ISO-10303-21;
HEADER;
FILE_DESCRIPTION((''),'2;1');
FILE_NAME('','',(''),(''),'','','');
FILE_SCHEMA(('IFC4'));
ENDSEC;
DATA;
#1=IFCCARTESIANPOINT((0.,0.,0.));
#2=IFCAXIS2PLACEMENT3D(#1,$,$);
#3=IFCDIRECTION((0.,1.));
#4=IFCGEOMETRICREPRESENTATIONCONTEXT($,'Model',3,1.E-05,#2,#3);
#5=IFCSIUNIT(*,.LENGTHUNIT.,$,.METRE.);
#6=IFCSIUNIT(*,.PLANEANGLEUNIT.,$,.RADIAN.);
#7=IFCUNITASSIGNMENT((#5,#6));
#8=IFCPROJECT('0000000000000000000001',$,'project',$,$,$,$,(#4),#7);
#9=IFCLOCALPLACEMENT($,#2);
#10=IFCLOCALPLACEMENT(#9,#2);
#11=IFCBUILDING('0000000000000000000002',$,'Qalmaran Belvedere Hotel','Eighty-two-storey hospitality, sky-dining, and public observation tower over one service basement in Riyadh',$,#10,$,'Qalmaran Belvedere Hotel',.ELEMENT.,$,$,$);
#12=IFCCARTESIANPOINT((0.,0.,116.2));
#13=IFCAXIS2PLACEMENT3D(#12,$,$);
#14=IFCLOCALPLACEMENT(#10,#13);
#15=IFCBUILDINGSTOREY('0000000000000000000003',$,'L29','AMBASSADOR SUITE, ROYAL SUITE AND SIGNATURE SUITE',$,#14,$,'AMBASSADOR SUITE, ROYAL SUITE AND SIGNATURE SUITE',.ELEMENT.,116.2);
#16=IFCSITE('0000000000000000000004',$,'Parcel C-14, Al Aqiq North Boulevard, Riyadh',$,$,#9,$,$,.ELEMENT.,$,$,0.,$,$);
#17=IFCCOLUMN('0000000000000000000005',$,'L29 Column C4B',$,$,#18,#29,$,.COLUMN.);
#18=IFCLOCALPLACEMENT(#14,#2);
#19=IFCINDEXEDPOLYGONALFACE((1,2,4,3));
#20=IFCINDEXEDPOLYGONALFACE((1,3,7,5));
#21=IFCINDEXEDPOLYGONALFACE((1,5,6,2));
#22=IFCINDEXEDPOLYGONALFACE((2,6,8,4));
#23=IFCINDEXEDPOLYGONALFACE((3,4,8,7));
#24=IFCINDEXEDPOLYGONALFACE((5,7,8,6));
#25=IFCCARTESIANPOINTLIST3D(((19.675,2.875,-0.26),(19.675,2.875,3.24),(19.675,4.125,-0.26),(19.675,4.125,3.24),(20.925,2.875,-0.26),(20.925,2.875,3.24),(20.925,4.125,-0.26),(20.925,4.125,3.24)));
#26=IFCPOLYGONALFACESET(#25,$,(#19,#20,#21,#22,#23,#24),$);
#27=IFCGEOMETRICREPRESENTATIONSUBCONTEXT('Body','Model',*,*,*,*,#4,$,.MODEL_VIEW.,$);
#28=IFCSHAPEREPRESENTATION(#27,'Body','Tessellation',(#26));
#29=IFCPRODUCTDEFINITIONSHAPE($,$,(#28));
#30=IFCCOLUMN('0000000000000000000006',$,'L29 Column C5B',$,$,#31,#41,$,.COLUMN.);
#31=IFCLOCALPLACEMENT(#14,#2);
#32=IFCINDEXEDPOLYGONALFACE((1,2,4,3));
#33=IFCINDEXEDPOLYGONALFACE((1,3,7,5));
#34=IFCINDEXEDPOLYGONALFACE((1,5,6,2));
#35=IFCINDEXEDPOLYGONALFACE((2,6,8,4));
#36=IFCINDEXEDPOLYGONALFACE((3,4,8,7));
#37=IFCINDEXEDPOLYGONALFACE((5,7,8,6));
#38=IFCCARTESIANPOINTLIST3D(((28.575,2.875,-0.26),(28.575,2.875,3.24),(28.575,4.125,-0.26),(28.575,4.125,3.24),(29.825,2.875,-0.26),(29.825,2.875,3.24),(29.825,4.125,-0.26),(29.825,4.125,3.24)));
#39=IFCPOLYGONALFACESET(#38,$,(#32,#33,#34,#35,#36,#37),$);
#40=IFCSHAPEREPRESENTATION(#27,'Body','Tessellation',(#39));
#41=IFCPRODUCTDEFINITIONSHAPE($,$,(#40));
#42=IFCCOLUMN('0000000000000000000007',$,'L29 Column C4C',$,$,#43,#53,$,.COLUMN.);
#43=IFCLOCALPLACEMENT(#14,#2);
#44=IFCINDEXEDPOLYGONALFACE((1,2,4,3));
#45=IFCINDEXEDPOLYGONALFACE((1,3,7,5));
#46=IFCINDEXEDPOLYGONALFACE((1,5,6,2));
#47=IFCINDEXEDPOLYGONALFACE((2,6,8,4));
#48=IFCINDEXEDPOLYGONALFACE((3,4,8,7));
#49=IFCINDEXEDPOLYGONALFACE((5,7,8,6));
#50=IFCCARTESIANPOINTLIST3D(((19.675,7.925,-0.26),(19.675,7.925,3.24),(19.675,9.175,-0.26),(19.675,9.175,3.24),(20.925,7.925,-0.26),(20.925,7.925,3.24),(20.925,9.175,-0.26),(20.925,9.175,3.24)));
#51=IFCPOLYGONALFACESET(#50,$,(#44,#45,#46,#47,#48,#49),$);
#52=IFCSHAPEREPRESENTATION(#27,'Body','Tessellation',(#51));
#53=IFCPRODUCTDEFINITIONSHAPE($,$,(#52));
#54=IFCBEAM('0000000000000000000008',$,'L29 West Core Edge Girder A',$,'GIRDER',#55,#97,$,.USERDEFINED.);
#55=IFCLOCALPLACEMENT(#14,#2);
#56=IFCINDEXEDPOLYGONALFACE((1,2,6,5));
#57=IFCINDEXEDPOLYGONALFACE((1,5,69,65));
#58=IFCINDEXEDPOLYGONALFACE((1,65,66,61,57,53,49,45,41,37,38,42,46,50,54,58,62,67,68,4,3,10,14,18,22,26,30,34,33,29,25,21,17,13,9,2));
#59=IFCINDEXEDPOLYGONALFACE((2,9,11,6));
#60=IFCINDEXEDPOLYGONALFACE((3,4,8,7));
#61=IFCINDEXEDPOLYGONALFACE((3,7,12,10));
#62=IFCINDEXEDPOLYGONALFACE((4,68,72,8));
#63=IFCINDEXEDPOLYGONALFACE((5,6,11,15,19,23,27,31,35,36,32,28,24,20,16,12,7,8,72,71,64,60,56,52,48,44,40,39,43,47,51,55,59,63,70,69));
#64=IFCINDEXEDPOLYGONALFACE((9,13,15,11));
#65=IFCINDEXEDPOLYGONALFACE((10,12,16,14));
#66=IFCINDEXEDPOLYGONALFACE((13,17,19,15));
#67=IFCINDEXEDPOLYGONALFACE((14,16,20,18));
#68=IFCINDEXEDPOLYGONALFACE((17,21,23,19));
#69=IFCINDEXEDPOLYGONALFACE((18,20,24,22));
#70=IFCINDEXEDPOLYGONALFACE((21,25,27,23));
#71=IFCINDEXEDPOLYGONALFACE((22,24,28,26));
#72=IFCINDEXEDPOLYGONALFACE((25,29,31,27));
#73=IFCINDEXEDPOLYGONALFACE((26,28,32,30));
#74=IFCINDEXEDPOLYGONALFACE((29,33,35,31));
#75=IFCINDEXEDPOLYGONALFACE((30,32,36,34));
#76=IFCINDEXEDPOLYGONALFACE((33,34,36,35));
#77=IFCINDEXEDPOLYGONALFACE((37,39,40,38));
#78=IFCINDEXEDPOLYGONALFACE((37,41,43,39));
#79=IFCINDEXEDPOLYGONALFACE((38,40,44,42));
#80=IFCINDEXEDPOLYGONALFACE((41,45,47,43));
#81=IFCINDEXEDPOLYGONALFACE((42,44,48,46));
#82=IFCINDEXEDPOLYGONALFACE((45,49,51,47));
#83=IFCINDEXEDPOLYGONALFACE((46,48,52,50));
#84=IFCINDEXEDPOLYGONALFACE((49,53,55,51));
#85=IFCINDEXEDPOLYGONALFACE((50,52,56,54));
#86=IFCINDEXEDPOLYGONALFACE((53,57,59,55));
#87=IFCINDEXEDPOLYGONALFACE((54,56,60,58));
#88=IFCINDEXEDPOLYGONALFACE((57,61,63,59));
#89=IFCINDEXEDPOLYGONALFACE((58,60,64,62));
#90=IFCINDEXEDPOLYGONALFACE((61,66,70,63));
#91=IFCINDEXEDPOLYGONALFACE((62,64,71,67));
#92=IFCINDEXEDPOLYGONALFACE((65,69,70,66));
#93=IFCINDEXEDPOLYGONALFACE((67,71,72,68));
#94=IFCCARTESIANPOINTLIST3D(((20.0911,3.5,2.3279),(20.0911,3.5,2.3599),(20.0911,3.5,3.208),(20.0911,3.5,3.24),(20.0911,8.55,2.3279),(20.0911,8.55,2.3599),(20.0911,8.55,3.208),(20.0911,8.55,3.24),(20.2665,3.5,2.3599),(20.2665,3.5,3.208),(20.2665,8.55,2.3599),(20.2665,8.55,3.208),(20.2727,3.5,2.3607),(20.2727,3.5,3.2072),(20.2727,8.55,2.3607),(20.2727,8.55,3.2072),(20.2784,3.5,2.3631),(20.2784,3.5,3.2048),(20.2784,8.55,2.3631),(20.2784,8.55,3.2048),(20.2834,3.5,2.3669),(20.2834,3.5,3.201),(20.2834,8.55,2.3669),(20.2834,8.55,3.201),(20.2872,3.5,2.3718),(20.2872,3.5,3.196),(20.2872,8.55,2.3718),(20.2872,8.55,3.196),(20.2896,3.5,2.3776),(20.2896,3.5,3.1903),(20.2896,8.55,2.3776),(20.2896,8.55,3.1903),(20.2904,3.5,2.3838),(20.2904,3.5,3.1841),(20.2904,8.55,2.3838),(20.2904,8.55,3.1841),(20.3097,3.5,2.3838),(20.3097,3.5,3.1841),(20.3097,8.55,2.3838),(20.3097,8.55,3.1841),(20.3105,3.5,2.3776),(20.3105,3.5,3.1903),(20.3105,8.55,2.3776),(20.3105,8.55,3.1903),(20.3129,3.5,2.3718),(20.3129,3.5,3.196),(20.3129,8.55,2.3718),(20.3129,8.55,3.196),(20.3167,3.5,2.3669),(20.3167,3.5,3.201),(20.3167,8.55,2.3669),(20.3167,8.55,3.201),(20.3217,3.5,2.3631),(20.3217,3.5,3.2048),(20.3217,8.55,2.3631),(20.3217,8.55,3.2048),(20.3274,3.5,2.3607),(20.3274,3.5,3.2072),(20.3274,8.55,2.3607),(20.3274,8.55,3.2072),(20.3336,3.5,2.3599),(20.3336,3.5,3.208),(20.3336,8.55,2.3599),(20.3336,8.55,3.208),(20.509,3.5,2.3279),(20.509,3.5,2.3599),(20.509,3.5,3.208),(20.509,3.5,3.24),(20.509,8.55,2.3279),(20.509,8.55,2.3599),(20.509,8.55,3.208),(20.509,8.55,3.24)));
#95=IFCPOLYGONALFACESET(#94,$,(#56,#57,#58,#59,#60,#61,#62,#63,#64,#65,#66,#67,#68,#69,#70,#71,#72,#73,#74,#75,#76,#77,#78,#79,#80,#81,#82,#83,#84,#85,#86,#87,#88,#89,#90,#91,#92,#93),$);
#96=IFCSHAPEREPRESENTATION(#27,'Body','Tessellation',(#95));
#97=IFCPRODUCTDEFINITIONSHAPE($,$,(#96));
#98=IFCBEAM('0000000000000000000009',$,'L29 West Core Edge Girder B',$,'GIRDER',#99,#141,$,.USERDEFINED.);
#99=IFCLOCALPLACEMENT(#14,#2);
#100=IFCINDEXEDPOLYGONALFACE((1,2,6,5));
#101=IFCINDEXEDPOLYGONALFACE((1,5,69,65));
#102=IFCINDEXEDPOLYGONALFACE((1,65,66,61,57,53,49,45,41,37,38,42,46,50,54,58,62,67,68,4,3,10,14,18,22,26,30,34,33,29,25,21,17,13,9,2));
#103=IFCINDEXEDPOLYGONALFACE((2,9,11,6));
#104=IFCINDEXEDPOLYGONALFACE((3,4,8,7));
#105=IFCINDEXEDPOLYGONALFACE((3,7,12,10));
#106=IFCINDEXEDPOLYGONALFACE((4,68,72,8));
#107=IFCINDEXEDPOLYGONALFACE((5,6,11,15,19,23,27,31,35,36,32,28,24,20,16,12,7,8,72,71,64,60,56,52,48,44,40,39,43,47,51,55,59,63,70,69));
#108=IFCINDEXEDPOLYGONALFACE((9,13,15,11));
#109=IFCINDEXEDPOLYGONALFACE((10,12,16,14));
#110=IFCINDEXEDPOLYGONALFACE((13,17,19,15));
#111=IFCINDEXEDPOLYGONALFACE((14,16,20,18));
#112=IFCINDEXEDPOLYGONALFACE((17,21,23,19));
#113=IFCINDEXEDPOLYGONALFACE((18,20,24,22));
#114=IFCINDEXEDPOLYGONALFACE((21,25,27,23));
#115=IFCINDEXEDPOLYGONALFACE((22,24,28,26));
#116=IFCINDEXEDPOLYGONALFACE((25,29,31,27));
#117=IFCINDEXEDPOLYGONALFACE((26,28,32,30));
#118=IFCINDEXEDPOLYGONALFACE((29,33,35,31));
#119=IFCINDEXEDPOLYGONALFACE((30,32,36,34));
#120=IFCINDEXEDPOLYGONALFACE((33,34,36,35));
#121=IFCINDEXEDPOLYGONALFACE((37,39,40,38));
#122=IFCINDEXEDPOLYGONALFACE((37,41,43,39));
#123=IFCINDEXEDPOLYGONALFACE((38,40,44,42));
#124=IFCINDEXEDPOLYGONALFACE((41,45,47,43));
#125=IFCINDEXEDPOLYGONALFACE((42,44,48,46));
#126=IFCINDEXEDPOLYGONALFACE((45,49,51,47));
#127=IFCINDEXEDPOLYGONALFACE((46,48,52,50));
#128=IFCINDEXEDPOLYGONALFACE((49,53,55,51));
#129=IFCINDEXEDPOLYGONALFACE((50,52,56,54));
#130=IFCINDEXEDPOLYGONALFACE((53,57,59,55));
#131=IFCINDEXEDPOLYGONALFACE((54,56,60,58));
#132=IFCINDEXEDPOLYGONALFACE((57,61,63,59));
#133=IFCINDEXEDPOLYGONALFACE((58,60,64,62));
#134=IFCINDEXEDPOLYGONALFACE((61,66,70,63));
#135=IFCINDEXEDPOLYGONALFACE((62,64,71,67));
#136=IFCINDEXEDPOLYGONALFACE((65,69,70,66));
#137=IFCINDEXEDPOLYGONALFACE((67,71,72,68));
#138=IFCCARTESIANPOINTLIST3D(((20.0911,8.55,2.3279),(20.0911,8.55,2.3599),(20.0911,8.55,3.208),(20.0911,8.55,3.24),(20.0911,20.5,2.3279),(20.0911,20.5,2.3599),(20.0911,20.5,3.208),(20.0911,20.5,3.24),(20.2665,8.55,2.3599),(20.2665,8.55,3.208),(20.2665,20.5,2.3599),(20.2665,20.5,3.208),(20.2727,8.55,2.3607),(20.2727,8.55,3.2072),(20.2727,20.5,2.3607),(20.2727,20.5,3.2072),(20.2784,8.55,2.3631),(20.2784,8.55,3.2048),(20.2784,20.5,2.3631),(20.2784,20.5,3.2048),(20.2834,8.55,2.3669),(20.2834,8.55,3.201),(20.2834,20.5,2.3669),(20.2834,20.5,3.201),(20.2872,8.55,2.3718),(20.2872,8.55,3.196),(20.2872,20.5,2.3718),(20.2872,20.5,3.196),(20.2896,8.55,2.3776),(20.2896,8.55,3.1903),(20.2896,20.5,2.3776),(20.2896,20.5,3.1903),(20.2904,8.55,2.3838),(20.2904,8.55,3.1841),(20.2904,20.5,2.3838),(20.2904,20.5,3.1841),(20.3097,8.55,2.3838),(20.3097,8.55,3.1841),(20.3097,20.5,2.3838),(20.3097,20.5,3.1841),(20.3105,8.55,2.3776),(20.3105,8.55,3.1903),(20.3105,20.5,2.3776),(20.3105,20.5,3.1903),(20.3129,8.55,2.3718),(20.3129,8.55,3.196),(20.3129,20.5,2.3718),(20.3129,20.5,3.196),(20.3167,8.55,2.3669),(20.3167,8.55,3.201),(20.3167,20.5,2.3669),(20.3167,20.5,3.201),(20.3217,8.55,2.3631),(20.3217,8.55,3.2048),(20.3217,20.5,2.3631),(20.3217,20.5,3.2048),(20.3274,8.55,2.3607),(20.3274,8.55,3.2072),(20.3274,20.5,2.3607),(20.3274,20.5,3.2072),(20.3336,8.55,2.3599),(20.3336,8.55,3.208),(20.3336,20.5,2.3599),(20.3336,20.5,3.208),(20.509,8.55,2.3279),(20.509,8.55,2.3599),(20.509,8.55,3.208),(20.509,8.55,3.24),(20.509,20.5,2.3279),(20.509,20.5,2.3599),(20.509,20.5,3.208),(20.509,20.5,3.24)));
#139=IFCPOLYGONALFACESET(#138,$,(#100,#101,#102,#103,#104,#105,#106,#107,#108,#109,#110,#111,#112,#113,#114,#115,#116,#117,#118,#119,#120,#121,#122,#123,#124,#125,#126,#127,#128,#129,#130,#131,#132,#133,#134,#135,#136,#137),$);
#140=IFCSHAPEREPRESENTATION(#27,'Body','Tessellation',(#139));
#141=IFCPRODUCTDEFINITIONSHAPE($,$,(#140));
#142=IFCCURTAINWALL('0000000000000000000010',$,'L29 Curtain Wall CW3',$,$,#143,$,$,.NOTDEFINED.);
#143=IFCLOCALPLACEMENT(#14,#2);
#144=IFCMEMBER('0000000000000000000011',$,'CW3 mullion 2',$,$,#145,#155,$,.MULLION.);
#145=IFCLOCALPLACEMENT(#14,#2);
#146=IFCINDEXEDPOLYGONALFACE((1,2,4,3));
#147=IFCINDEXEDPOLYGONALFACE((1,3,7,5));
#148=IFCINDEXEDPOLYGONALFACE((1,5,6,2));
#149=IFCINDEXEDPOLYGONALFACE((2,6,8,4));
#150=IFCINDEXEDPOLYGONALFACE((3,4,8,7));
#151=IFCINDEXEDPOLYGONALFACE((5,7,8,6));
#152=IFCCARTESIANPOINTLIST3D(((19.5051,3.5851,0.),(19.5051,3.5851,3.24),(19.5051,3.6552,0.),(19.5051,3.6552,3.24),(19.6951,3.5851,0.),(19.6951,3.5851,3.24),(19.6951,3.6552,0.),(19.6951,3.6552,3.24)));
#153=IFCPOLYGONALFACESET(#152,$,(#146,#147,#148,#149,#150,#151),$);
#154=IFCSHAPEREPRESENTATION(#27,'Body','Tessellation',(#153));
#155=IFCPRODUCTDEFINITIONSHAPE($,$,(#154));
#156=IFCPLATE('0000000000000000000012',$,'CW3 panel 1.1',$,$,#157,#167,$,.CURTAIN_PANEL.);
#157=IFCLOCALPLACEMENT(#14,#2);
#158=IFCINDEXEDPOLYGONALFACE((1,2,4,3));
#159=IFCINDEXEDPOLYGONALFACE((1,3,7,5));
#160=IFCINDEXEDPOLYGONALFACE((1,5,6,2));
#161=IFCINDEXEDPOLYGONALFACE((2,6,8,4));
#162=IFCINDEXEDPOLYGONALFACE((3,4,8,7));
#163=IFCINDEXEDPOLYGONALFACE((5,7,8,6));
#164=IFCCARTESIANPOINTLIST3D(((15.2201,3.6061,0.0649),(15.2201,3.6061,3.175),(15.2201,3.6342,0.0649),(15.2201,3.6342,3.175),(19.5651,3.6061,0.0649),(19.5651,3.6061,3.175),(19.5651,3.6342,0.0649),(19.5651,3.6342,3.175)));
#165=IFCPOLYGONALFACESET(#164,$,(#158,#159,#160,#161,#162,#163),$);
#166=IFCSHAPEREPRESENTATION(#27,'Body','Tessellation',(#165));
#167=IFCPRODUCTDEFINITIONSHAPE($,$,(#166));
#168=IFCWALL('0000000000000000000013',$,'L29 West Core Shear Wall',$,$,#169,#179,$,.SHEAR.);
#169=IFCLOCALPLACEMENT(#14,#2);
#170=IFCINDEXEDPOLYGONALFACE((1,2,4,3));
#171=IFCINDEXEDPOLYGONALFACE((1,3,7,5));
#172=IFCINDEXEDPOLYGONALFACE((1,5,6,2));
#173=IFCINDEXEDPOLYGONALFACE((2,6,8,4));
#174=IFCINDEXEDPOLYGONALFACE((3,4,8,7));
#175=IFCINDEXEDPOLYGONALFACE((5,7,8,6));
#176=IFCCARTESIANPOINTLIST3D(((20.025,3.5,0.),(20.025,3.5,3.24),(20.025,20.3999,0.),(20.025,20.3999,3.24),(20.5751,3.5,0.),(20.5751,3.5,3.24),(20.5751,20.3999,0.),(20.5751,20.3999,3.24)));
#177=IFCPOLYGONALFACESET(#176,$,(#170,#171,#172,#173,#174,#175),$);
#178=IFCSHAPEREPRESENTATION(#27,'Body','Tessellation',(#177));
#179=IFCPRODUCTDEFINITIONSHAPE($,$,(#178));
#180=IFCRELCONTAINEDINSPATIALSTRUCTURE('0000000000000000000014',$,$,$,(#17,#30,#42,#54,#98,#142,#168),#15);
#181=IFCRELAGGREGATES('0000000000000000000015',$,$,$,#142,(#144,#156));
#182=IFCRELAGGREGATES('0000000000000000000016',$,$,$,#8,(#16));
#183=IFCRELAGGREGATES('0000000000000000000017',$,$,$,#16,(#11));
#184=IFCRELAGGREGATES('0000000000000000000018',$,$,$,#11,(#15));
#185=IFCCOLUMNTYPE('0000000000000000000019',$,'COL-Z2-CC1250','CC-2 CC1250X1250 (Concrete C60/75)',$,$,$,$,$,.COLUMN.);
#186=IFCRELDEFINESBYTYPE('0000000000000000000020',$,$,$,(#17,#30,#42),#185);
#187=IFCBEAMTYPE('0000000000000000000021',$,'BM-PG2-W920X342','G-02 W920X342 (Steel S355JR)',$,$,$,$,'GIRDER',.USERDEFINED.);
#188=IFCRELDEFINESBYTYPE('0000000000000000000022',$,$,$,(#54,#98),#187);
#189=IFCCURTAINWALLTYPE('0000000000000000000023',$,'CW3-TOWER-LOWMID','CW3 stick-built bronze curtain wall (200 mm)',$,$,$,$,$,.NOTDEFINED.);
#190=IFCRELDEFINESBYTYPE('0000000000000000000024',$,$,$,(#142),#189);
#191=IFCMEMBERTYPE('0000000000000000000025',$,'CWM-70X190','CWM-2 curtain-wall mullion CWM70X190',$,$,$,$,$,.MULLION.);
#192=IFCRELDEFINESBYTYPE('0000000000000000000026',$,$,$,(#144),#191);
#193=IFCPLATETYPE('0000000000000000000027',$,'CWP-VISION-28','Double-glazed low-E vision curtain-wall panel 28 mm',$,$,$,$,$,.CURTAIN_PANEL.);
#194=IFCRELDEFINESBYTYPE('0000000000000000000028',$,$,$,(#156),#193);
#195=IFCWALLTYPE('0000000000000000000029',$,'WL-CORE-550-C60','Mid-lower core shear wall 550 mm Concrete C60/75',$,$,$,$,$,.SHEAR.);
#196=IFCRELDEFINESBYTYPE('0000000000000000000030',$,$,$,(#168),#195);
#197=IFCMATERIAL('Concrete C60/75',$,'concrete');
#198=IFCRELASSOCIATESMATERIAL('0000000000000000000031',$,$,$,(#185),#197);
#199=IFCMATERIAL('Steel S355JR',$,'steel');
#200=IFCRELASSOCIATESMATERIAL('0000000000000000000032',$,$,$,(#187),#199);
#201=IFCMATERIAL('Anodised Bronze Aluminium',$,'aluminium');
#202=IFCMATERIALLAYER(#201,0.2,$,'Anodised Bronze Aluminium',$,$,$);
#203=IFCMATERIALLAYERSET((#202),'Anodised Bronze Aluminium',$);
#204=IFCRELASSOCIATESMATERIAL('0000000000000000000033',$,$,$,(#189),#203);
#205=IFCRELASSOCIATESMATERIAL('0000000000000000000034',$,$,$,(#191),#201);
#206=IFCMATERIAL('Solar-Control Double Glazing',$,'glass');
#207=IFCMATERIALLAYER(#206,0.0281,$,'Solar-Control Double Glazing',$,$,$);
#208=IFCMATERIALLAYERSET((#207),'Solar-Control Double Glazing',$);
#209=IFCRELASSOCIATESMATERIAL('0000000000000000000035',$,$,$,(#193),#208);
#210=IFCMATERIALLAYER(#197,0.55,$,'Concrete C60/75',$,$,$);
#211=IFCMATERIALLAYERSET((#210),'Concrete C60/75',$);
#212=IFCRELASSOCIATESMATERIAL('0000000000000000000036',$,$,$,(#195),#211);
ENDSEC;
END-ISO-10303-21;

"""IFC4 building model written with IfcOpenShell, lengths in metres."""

from ifc_helpers import new_model, si_unit, direction, frame, frame_2d, origin, origin_2d, place, context, subcontext, project, spatial, rectangle, i_section, extrude, material, layer, layer_set, material_profile, profile_set, type_object, element, aggregate, save


model = new_model("IFC4")

# Units and contexts
model_context = context("Model", 3, precision=1e-05, world=origin(), true_north=direction((0.0, 1.0)))
body_context = subcontext(model_context, "Body", "Model", "MODEL_VIEW")
ifc_project = project(units=[si_unit("LENGTHUNIT", "METRE"), si_unit("PLANEANGLEUNIT", "RADIAN")], contexts=[model_context])

# Site, building, storey
site_placement = place(None, origin())
site = spatial("IfcSite", under=ifc_project, at=site_placement, Name="Parcel C-14, Al Aqiq North Boulevard, Riyadh", CompositionType="ELEMENT", RefElevation=0.0)
building_placement = place(site_placement, origin())
building = spatial("IfcBuilding", under=site, at=building_placement, Name="Qalmaran Belvedere Hotel", Description="Eighty-two-storey hospitality, sky-dining, and public observation tower over one service basement in Riyadh", LongName="Qalmaran Belvedere Hotel", CompositionType="ELEMENT")
storey_placement = place(building_placement, frame((0.0, 0.0, 116.2)))
storey = spatial("IfcBuildingStorey", under=building, at=storey_placement, Name="L29", Description="AMBASSADOR SUITE, ROYAL SUITE AND SIGNATURE SUITE", LongName="AMBASSADOR SUITE, ROYAL SUITE AND SIGNATURE SUITE", CompositionType="ELEMENT", Elevation=116.2)

# Columns
ifc_material_1 = material(Name="Concrete C60/75", Category="concrete")
ifc_material_profile_1 = material_profile(ifc_material_1, rectangle(XDim=1.25, YDim=1.25, at=origin_2d()), Name="CC1250X1250")
ifc_profile_set_1 = profile_set([ifc_material_profile_1], Name="Concrete C60/75")
column_type = type_object("IfcColumnType", Name="COL-Z2-CC1250", Description="CC-2 CC1250X1250 (Concrete C60/75)", PredefinedType="COLUMN", material=ifc_profile_set_1)
for number, where, z_axis, x_axis, name in (
    (1, (20.3, 3.5, -0.26), (0.0, 0.0, 1.0), (1.0, 0.0, 0.0), "L29 Column C4B"),
    (2, (29.2, 3.5, -0.26), (0.0, 0.0, 1.0), (1.0, 0.0, 0.0), "L29 Column C5B"),
    (3, (20.3, 8.55, -0.26), (0.0, 0.0, 1.0), (1.0, 0.0, 0.0), "L29 Column C4C"),
):
    element("IfcColumn", number, at=place(storey_placement, frame(where, z_axis=z_axis, x_axis=x_axis)), inside=storey, type_object=column_type, Name=name, PredefinedType="COLUMN", context=body_context, shape_type="SweptSolid", body=[
        extrude(rectangle(XDim=1.25, YDim=1.25, at=origin_2d()), origin(), (0.0, 0.0, 1.0), 3.5),
    ])

# Beams
ifc_material_2 = material(Name="Steel S355JR", Category="steel")
ifc_material_profile_2 = material_profile(ifc_material_2, i_section(OverallWidth=0.418, OverallDepth=0.9121, WebThickness=0.0193, FlangeThickness=0.032, FilletRadius=0.0239, at=origin_2d()), Name="W920X342")
ifc_profile_set_2 = profile_set([ifc_material_profile_2], Name="Steel S355JR")
beam_type = type_object("IfcBeamType", Name="BM-PG2-W920X342", Description="G-02 W920X342 (Steel S355JR)", ElementType="GIRDER", PredefinedType="USERDEFINED", material=ifc_profile_set_2)
beam_1_placement = place(storey_placement, frame((20.3, 3.5, 2.7839), z_axis=(0.0, 1.0, 0.0), x_axis=(-1.0, 0.0, 0.0)))
element("IfcBeam", 4, at=beam_1_placement, inside=storey, type_object=beam_type, Name="L29 West Core Edge Girder A", ObjectType="GIRDER", PredefinedType="USERDEFINED", context=body_context, shape_type="SweptSolid", body=[
    extrude(i_section(OverallWidth=0.418, OverallDepth=0.9121, WebThickness=0.0193, FlangeThickness=0.032, FilletRadius=0.0239, at=origin_2d()), origin(), (0.0, 0.0, 1.0), 5.05),
])
beam_2_placement = place(storey_placement, frame((20.3, 8.55, 2.7839), z_axis=(0.0, 1.0, 0.0), x_axis=(-1.0, 0.0, 0.0)))
element("IfcBeam", 5, at=beam_2_placement, inside=storey, type_object=beam_type, Name="L29 West Core Edge Girder B", ObjectType="GIRDER", PredefinedType="USERDEFINED", context=body_context, shape_type="SweptSolid", body=[
    extrude(i_section(OverallWidth=0.418, OverallDepth=0.9121, WebThickness=0.0193, FlangeThickness=0.032, FilletRadius=0.0239, at=origin_2d()), origin(), (0.0, 0.0, 1.0), 11.95),
])

# Curtain wall, member, plate
ifc_material_3 = material(Name="Anodised Bronze Aluminium", Category="aluminium")
ifc_layer_1 = layer(ifc_material_3, 0.2, Name="Anodised Bronze Aluminium")
ifc_layer_set_1 = layer_set([ifc_layer_1], Name="Anodised Bronze Aluminium")
curtain_wall_type = type_object("IfcCurtainWallType", Name="CW3-TOWER-LOWMID", Description="CW3 stick-built bronze curtain wall (200 mm)", PredefinedType="NOTDEFINED", material=ifc_layer_set_1)
curtain_wall_placement = place(storey_placement, origin())
curtain_wall = element("IfcCurtainWall", 6, at=curtain_wall_placement, inside=storey, type_object=curtain_wall_type, Name="L29 Curtain Wall CW3", PredefinedType="NOTDEFINED")
ifc_material_profile_3 = material_profile(ifc_material_3, rectangle(XDim=0.0701, YDim=0.1899, at=origin_2d()), Name="CWM70X190")
ifc_profile_set_3 = profile_set([ifc_material_profile_3], Name="Anodised Bronze Aluminium")
member_type = type_object("IfcMemberType", Name="CWM-70X190", Description="CWM-2 curtain-wall mullion CWM70X190", PredefinedType="MULLION", material=ifc_profile_set_3)
member_placement = place(storey_placement, frame((19.6001, 3.6201, 0.0), z_axis=(0.0, 0.0, 1.0), x_axis=(0.0, 1.0, 0.0)))
member = element("IfcMember", 7, at=member_placement, type_object=member_type, Name="CW3 mullion 2", PredefinedType="MULLION", context=body_context, shape_type="SweptSolid", body=[
    extrude(rectangle(XDim=0.0701, YDim=0.1899, at=origin_2d()), origin(), (0.0, 0.0, 1.0), 3.24),
])
ifc_material_4 = material(Name="Solar-Control Double Glazing", Category="glass")
ifc_layer_2 = layer(ifc_material_4, 0.0281, Name="Solar-Control Double Glazing")
ifc_layer_set_2 = layer_set([ifc_layer_2], Name="Solar-Control Double Glazing")
plate_type = type_object("IfcPlateType", Name="CWP-VISION-28", Description="Double-glazed low-E vision curtain-wall panel 28 mm", PredefinedType="CURTAIN_PANEL", material=ifc_layer_set_2)
plate_placement = place(storey_placement, frame((17.3926, 3.6201, 0.0649), z_axis=(0.0, 0.0, 1.0), x_axis=(1.0, 0.0, 0.0)))
plate = element("IfcPlate", 8, at=plate_placement, type_object=plate_type, Name="CW3 panel 1.1", PredefinedType="CURTAIN_PANEL", context=body_context, shape_type="SweptSolid", body=[
    extrude(rectangle(XDim=4.345, YDim=0.0281, at=origin_2d()), origin(), (0.0, 0.0, 1.0), 3.1101),
])
aggregate(curtain_wall, [member, plate])

# Wall
ifc_layer_3 = layer(ifc_material_1, 0.55, Name="Concrete C60/75")
ifc_layer_set_3 = layer_set([ifc_layer_3], Name="Concrete C60/75")
wall_type_1 = type_object("IfcWallType", Name="WL-CORE-550-C60", Description="Mid-lower core shear wall 550 mm Concrete C60/75", PredefinedType="SHEAR", material=ifc_layer_set_3)
wall_1_placement = place(storey_placement, frame((20.3, 3.5, 0.0), z_axis=(0.0, 0.0, 1.0), x_axis=(0.0, 1.0, 0.0)))
element("IfcWall", 9, at=wall_1_placement, inside=storey, type_object=wall_type_1, Name="L29 West Core Shear Wall", PredefinedType="SHEAR", context=body_context, shape_type="SweptSolid", body=[
    extrude(rectangle(XDim=16.8999, YDim=0.55, at=frame_2d((8.45, 0.0))), origin(), (0.0, 0.0, 1.0), 3.24),
])

save(model, "model.ifc")
